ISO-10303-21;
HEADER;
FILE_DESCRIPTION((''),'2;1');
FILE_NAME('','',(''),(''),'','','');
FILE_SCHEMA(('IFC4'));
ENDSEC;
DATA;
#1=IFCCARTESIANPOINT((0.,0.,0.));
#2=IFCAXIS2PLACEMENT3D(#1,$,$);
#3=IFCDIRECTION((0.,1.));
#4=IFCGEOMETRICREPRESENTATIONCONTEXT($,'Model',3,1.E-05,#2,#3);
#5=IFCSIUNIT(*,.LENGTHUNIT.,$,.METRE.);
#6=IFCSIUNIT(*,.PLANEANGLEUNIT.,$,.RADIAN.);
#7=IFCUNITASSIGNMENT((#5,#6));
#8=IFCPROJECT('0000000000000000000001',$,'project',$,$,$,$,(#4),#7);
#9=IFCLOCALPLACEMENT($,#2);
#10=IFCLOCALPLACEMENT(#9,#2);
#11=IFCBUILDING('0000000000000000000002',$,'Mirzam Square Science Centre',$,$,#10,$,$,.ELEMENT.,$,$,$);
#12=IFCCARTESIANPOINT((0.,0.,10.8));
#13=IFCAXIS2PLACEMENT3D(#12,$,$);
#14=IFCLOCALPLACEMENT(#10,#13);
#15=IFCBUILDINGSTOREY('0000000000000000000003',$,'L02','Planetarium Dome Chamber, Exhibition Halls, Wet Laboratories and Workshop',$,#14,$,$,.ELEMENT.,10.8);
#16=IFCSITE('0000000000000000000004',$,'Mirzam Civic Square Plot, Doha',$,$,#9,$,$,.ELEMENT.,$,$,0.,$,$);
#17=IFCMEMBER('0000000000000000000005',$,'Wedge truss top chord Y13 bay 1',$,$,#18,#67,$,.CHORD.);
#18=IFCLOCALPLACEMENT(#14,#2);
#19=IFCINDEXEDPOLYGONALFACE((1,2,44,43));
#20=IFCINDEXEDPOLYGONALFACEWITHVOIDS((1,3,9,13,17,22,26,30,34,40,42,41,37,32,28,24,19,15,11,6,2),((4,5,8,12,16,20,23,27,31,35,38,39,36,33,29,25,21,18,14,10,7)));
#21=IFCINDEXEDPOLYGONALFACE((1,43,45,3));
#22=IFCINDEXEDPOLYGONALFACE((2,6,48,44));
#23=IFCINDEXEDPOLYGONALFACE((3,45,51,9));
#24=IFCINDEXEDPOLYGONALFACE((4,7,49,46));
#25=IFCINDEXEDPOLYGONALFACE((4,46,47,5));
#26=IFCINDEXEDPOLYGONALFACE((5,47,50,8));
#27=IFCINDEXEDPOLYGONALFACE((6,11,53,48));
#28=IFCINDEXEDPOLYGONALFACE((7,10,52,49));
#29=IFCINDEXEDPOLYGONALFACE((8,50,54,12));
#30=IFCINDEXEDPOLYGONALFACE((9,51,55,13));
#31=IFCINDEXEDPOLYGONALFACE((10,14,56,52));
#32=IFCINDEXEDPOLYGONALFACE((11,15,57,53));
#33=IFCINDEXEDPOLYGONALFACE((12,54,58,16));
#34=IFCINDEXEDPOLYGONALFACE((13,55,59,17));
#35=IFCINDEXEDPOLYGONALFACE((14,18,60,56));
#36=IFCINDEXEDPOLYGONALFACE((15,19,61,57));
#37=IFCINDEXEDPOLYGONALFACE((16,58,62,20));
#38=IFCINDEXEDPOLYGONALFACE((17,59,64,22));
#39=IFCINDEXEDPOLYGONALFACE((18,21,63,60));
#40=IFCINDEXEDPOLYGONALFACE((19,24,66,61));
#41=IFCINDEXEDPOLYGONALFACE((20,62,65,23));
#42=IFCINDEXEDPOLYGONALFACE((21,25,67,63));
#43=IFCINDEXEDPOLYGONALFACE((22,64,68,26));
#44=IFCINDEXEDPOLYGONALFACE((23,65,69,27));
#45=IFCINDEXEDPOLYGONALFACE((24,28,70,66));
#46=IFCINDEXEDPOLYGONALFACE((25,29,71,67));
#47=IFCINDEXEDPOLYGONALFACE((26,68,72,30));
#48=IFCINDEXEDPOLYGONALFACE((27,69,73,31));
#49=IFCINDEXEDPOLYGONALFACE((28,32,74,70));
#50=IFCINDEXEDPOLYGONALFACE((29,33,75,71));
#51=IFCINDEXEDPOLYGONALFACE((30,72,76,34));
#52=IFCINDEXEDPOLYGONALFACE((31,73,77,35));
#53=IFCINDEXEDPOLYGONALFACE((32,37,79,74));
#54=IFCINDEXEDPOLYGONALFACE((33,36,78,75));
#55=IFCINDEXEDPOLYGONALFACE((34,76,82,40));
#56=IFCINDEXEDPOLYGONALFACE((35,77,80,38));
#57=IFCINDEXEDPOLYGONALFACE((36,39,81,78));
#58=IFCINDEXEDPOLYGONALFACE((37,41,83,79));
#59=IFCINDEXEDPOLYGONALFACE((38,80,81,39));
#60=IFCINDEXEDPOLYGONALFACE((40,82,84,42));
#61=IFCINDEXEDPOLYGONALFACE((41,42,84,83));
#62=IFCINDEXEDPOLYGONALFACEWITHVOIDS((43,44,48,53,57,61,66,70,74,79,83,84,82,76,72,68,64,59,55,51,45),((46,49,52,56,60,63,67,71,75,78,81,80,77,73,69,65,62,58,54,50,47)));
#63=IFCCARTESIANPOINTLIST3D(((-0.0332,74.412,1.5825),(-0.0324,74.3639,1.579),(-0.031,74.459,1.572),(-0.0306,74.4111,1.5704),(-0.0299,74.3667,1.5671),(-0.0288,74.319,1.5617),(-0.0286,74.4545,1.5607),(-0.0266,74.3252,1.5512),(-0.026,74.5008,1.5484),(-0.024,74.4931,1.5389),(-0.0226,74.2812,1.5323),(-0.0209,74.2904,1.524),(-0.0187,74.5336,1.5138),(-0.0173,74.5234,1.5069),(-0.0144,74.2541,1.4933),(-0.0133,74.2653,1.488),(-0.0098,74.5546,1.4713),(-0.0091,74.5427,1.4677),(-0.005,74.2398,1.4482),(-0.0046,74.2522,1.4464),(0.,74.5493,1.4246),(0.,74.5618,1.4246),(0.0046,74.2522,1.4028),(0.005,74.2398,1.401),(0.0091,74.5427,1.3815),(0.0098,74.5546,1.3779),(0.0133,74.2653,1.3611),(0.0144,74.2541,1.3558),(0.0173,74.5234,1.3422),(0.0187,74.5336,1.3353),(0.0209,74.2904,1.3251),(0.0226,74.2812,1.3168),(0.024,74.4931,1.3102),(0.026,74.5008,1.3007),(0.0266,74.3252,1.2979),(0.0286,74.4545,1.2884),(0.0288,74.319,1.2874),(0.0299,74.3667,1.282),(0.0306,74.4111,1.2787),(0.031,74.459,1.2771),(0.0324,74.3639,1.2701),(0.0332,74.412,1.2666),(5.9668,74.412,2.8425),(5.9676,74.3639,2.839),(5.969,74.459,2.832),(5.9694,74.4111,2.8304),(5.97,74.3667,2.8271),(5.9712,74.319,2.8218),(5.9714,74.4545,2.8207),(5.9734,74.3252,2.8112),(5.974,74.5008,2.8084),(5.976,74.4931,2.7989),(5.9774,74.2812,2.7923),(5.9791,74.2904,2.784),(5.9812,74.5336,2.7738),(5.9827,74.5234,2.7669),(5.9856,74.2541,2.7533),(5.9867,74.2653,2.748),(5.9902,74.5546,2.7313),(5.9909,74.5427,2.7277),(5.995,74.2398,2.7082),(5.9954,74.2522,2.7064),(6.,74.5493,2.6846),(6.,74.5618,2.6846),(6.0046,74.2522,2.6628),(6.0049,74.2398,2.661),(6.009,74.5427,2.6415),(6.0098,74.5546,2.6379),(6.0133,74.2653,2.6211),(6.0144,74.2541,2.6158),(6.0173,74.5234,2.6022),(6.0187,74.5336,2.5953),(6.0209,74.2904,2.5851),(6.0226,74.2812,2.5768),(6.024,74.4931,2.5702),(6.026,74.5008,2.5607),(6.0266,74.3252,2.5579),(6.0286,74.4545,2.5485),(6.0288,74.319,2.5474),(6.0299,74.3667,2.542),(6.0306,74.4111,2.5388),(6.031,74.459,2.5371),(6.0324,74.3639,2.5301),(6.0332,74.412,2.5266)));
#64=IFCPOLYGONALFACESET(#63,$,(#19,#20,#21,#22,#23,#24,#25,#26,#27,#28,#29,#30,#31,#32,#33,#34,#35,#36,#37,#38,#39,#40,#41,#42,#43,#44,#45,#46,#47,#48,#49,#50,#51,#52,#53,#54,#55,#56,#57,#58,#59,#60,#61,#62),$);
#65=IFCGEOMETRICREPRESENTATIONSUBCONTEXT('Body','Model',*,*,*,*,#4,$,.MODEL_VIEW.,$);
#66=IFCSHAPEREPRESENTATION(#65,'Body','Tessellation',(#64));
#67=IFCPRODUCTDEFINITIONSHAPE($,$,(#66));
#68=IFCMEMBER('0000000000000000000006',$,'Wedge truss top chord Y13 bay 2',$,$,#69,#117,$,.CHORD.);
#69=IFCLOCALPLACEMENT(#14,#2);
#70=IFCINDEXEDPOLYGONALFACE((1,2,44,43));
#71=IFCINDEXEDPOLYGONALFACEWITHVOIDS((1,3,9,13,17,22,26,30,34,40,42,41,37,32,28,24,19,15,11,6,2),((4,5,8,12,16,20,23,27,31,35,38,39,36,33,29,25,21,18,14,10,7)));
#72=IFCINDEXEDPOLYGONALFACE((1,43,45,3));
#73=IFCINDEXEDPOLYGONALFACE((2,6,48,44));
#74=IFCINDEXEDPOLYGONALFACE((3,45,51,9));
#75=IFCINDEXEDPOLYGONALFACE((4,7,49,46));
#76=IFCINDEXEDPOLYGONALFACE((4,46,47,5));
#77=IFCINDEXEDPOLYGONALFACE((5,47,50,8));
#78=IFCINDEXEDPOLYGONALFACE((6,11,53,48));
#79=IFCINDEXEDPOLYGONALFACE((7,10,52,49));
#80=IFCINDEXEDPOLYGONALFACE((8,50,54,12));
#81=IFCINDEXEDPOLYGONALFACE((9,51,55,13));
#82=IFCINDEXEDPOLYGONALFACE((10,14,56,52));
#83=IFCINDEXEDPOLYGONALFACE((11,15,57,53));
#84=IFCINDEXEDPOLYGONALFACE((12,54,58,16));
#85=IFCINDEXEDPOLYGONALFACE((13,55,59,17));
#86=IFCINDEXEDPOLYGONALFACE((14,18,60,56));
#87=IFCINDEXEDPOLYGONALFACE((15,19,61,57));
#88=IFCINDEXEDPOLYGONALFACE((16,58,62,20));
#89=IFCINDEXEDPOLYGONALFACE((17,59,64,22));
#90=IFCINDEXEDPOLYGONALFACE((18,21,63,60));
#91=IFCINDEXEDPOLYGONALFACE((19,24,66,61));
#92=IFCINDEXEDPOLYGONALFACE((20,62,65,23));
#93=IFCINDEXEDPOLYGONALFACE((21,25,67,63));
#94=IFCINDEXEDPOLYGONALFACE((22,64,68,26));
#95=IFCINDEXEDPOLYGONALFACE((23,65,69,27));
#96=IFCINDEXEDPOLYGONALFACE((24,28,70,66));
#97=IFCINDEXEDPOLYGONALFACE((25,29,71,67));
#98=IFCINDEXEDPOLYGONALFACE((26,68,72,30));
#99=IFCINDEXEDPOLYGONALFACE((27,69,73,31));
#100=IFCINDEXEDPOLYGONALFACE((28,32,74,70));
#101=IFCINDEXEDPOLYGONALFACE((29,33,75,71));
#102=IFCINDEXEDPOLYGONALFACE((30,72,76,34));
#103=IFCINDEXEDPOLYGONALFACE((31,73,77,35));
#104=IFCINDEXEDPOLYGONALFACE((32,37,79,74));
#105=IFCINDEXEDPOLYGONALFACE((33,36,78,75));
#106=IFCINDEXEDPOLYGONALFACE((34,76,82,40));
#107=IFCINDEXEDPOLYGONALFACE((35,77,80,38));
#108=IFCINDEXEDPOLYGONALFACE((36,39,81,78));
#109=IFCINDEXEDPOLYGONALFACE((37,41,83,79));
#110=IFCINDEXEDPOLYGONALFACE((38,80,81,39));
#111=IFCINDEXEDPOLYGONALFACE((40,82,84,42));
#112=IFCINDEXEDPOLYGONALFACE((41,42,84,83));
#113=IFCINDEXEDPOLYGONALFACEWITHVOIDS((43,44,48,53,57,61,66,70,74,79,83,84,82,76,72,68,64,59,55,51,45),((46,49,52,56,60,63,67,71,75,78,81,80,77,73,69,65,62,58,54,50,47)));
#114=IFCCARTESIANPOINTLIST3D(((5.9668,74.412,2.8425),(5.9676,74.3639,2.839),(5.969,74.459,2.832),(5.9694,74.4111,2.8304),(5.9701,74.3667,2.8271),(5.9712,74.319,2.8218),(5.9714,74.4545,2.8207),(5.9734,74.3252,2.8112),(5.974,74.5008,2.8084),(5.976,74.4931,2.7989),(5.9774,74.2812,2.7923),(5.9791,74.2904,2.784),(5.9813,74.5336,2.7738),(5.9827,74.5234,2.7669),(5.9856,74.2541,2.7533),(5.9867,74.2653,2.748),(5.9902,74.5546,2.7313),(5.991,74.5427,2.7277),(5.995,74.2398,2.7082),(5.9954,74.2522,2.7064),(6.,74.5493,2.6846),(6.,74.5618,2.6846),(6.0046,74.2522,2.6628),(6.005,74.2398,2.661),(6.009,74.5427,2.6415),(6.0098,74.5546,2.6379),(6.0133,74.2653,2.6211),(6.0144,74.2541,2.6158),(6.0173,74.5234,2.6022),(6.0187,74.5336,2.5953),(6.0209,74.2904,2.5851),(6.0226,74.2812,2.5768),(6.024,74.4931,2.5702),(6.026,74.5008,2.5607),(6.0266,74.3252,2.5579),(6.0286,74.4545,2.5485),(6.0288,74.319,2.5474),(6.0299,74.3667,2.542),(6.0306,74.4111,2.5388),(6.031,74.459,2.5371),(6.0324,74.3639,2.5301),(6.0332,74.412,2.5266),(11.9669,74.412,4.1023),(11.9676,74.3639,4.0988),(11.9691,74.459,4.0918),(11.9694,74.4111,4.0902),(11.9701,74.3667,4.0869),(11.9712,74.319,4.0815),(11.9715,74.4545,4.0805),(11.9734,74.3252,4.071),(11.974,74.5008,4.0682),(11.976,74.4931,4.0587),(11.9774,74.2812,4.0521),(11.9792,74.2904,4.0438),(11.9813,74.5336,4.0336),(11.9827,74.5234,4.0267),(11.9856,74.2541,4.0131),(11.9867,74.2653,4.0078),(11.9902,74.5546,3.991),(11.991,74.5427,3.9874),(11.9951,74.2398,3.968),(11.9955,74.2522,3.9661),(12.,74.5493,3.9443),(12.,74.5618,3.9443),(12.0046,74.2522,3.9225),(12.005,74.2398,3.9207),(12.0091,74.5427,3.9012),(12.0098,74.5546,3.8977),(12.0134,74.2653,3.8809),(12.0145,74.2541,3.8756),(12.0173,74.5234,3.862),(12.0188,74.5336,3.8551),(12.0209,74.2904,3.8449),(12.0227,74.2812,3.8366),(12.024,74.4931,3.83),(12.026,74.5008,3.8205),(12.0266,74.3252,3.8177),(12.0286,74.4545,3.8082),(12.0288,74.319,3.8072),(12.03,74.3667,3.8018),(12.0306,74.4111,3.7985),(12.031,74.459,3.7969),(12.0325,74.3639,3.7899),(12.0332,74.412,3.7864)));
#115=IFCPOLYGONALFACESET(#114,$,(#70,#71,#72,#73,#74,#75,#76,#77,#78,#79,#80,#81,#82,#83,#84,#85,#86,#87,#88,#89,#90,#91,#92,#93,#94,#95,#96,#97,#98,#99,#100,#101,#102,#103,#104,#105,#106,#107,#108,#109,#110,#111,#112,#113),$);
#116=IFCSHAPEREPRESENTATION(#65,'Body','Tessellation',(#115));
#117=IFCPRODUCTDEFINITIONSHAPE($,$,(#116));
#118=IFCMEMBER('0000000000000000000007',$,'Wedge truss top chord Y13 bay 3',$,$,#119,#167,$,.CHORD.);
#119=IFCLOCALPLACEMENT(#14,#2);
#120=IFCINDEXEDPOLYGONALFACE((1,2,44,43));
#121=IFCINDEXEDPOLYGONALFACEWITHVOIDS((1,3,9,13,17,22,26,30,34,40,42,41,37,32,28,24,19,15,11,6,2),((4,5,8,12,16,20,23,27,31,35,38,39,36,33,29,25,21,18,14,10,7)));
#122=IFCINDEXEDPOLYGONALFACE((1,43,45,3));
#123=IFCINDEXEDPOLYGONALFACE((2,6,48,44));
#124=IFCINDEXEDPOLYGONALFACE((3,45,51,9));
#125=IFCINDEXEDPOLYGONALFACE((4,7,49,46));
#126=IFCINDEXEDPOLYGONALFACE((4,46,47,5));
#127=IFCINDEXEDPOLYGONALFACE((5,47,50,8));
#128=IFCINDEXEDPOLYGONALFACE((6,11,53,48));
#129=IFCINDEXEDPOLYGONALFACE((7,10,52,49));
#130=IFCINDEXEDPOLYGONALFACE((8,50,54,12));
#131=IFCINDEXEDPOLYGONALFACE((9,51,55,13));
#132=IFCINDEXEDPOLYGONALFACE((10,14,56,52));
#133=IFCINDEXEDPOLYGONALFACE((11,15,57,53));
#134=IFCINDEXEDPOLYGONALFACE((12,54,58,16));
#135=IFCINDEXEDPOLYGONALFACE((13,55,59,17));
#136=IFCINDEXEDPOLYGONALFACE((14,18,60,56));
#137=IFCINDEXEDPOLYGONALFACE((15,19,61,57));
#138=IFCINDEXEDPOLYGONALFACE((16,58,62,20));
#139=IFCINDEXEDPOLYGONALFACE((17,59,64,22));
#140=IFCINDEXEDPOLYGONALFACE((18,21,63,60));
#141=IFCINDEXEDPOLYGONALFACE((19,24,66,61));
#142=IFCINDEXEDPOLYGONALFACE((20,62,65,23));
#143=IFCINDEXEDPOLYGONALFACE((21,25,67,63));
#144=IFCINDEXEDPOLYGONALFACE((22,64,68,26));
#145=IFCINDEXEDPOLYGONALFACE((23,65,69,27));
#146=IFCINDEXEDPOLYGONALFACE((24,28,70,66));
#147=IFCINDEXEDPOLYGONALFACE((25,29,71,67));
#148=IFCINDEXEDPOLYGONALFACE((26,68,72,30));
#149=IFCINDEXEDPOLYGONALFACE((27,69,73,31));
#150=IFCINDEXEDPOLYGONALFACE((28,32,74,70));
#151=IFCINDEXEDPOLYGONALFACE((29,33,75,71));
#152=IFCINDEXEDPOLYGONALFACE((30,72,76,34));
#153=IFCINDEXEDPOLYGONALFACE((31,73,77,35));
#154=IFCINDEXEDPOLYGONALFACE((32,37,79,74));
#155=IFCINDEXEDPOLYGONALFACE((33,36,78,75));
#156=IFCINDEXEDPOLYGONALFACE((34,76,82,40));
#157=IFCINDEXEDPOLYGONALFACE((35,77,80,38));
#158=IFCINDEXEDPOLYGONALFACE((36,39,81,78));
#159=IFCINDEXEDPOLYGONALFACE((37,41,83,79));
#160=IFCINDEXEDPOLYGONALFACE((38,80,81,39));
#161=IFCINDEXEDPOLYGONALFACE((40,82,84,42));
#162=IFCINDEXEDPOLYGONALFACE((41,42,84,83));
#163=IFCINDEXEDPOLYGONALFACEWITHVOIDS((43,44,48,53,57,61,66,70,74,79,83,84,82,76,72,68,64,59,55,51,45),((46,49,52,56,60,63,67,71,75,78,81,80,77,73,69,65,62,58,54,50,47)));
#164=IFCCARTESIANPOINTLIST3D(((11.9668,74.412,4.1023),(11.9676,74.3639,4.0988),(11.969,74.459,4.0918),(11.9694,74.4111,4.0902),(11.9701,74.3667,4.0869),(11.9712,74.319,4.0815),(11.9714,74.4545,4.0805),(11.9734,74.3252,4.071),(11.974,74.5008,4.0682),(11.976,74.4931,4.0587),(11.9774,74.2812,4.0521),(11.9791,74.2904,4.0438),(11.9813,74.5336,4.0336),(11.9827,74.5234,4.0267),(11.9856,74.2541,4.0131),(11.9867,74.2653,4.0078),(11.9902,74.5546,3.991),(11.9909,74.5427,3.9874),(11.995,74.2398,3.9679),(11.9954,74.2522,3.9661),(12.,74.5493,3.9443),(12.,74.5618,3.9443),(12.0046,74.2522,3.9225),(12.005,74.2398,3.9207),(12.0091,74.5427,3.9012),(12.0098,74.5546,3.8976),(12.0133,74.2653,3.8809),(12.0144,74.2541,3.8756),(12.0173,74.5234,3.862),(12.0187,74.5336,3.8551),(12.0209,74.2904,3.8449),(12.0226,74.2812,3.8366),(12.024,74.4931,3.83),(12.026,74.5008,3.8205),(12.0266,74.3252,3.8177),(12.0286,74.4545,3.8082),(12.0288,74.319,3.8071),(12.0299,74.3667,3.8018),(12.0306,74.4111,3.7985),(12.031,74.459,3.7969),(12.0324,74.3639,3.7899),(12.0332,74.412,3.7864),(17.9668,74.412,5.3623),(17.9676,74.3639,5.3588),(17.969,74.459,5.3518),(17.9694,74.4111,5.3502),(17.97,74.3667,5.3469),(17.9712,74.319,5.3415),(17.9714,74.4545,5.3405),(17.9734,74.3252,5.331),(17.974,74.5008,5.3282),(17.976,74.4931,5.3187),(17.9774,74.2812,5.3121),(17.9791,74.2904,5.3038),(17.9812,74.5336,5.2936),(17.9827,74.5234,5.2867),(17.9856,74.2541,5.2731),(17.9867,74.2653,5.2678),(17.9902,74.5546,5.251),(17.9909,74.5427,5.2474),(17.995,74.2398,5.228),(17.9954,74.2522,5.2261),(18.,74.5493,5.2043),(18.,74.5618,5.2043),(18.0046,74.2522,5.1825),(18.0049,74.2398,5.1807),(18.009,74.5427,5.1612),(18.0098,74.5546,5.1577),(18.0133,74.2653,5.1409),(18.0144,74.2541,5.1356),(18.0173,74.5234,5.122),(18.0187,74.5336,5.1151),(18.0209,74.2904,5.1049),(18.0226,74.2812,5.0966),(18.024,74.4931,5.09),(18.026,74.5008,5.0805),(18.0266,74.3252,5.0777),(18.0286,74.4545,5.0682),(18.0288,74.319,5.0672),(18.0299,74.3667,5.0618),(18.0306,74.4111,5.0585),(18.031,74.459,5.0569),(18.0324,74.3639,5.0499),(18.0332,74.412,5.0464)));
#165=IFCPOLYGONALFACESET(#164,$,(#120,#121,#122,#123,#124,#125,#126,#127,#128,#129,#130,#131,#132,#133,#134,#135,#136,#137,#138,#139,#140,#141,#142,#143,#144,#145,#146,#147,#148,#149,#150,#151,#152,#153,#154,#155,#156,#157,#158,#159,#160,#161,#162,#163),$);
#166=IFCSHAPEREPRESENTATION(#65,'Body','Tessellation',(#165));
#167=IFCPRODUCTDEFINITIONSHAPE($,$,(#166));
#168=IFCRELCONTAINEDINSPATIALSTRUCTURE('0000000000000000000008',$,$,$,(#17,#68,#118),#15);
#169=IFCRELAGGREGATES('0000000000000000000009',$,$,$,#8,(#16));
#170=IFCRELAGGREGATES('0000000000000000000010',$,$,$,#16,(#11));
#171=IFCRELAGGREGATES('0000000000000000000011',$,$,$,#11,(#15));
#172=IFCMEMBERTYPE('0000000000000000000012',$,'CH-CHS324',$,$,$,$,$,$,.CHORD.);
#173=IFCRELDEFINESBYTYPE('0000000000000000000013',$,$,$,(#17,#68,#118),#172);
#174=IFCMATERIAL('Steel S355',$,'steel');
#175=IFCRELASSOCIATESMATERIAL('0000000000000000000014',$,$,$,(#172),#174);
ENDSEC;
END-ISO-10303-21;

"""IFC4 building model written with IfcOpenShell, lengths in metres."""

from ifc_helpers import new_model, si_unit, direction, frame, origin, origin_2d, place, context, subcontext, project, spatial, hollow_circle, extrude, material, material_profile, profile_set, type_object, element, save


model = new_model("IFC4")

# Units and contexts
model_context = context("Model", 3, precision=1e-05, world=origin(), true_north=direction((0.0, 1.0)))
body_context = subcontext(model_context, "Body", "Model", "MODEL_VIEW")
ifc_project = project(units=[si_unit("LENGTHUNIT", "METRE"), si_unit("PLANEANGLEUNIT", "RADIAN")], contexts=[model_context])

# Site, building, storey
site_placement = place(None, origin())
site = spatial("IfcSite", under=ifc_project, at=site_placement, Name="Mirzam Civic Square Plot, Doha", CompositionType="ELEMENT", RefElevation=0.0)
building_placement = place(site_placement, origin())
building = spatial("IfcBuilding", under=site, at=building_placement, Name="Mirzam Square Science Centre", CompositionType="ELEMENT")
storey_placement = place(building_placement, frame((0.0, 0.0, 10.8)))
storey = spatial("IfcBuildingStorey", under=building, at=storey_placement, Name="L02", Description="Planetarium Dome Chamber, Exhibition Halls, Wet Laboratories and Workshop", CompositionType="ELEMENT", Elevation=10.8)

# Members
ifc_material = material(Name="Steel S355", Category="steel")
ifc_material_profile_1 = material_profile(ifc_material, hollow_circle(Radius=0.1619, WallThickness=0.0125, at=origin_2d()), Name="323.9x12.5CHS")
ifc_profile_set_1 = profile_set([ifc_material_profile_1], Name="Steel S355")
member_type_1 = type_object("IfcMemberType", Name="CH-CHS324", PredefinedType="CHORD", material=ifc_profile_set_1)
for number, where, z_axis, x_axis, name in (
    (1, (0.0, 74.3999, 1.4246), (0.978653, 0.0, 0.205519), (0.0, 1.0, 0.0), "Wedge truss top chord Y13 bay 1"),
    (2, (6.0, 74.3999, 2.6846), (0.978661, 0.0, 0.205481), (0.0, 1.0, 0.0), "Wedge truss top chord Y13 bay 2"),
    (3, (12.0, 74.3999, 3.9443), (0.978653, 0.0, 0.205519), (0.0, 1.0, 0.0), "Wedge truss top chord Y13 bay 3"),
):
    element("IfcMember", number, at=place(storey_placement, frame(where, z_axis=z_axis, x_axis=x_axis)), inside=storey, type_object=member_type_1, Name=name, PredefinedType="CHORD", context=body_context, shape_type="SweptSolid", body=[
        extrude(hollow_circle(Radius=0.1619, WallThickness=0.0125, at=origin_2d()), origin(), (0.0, 0.0, 1.0), 6.1309),
    ])

save(model, "model.ifc")
